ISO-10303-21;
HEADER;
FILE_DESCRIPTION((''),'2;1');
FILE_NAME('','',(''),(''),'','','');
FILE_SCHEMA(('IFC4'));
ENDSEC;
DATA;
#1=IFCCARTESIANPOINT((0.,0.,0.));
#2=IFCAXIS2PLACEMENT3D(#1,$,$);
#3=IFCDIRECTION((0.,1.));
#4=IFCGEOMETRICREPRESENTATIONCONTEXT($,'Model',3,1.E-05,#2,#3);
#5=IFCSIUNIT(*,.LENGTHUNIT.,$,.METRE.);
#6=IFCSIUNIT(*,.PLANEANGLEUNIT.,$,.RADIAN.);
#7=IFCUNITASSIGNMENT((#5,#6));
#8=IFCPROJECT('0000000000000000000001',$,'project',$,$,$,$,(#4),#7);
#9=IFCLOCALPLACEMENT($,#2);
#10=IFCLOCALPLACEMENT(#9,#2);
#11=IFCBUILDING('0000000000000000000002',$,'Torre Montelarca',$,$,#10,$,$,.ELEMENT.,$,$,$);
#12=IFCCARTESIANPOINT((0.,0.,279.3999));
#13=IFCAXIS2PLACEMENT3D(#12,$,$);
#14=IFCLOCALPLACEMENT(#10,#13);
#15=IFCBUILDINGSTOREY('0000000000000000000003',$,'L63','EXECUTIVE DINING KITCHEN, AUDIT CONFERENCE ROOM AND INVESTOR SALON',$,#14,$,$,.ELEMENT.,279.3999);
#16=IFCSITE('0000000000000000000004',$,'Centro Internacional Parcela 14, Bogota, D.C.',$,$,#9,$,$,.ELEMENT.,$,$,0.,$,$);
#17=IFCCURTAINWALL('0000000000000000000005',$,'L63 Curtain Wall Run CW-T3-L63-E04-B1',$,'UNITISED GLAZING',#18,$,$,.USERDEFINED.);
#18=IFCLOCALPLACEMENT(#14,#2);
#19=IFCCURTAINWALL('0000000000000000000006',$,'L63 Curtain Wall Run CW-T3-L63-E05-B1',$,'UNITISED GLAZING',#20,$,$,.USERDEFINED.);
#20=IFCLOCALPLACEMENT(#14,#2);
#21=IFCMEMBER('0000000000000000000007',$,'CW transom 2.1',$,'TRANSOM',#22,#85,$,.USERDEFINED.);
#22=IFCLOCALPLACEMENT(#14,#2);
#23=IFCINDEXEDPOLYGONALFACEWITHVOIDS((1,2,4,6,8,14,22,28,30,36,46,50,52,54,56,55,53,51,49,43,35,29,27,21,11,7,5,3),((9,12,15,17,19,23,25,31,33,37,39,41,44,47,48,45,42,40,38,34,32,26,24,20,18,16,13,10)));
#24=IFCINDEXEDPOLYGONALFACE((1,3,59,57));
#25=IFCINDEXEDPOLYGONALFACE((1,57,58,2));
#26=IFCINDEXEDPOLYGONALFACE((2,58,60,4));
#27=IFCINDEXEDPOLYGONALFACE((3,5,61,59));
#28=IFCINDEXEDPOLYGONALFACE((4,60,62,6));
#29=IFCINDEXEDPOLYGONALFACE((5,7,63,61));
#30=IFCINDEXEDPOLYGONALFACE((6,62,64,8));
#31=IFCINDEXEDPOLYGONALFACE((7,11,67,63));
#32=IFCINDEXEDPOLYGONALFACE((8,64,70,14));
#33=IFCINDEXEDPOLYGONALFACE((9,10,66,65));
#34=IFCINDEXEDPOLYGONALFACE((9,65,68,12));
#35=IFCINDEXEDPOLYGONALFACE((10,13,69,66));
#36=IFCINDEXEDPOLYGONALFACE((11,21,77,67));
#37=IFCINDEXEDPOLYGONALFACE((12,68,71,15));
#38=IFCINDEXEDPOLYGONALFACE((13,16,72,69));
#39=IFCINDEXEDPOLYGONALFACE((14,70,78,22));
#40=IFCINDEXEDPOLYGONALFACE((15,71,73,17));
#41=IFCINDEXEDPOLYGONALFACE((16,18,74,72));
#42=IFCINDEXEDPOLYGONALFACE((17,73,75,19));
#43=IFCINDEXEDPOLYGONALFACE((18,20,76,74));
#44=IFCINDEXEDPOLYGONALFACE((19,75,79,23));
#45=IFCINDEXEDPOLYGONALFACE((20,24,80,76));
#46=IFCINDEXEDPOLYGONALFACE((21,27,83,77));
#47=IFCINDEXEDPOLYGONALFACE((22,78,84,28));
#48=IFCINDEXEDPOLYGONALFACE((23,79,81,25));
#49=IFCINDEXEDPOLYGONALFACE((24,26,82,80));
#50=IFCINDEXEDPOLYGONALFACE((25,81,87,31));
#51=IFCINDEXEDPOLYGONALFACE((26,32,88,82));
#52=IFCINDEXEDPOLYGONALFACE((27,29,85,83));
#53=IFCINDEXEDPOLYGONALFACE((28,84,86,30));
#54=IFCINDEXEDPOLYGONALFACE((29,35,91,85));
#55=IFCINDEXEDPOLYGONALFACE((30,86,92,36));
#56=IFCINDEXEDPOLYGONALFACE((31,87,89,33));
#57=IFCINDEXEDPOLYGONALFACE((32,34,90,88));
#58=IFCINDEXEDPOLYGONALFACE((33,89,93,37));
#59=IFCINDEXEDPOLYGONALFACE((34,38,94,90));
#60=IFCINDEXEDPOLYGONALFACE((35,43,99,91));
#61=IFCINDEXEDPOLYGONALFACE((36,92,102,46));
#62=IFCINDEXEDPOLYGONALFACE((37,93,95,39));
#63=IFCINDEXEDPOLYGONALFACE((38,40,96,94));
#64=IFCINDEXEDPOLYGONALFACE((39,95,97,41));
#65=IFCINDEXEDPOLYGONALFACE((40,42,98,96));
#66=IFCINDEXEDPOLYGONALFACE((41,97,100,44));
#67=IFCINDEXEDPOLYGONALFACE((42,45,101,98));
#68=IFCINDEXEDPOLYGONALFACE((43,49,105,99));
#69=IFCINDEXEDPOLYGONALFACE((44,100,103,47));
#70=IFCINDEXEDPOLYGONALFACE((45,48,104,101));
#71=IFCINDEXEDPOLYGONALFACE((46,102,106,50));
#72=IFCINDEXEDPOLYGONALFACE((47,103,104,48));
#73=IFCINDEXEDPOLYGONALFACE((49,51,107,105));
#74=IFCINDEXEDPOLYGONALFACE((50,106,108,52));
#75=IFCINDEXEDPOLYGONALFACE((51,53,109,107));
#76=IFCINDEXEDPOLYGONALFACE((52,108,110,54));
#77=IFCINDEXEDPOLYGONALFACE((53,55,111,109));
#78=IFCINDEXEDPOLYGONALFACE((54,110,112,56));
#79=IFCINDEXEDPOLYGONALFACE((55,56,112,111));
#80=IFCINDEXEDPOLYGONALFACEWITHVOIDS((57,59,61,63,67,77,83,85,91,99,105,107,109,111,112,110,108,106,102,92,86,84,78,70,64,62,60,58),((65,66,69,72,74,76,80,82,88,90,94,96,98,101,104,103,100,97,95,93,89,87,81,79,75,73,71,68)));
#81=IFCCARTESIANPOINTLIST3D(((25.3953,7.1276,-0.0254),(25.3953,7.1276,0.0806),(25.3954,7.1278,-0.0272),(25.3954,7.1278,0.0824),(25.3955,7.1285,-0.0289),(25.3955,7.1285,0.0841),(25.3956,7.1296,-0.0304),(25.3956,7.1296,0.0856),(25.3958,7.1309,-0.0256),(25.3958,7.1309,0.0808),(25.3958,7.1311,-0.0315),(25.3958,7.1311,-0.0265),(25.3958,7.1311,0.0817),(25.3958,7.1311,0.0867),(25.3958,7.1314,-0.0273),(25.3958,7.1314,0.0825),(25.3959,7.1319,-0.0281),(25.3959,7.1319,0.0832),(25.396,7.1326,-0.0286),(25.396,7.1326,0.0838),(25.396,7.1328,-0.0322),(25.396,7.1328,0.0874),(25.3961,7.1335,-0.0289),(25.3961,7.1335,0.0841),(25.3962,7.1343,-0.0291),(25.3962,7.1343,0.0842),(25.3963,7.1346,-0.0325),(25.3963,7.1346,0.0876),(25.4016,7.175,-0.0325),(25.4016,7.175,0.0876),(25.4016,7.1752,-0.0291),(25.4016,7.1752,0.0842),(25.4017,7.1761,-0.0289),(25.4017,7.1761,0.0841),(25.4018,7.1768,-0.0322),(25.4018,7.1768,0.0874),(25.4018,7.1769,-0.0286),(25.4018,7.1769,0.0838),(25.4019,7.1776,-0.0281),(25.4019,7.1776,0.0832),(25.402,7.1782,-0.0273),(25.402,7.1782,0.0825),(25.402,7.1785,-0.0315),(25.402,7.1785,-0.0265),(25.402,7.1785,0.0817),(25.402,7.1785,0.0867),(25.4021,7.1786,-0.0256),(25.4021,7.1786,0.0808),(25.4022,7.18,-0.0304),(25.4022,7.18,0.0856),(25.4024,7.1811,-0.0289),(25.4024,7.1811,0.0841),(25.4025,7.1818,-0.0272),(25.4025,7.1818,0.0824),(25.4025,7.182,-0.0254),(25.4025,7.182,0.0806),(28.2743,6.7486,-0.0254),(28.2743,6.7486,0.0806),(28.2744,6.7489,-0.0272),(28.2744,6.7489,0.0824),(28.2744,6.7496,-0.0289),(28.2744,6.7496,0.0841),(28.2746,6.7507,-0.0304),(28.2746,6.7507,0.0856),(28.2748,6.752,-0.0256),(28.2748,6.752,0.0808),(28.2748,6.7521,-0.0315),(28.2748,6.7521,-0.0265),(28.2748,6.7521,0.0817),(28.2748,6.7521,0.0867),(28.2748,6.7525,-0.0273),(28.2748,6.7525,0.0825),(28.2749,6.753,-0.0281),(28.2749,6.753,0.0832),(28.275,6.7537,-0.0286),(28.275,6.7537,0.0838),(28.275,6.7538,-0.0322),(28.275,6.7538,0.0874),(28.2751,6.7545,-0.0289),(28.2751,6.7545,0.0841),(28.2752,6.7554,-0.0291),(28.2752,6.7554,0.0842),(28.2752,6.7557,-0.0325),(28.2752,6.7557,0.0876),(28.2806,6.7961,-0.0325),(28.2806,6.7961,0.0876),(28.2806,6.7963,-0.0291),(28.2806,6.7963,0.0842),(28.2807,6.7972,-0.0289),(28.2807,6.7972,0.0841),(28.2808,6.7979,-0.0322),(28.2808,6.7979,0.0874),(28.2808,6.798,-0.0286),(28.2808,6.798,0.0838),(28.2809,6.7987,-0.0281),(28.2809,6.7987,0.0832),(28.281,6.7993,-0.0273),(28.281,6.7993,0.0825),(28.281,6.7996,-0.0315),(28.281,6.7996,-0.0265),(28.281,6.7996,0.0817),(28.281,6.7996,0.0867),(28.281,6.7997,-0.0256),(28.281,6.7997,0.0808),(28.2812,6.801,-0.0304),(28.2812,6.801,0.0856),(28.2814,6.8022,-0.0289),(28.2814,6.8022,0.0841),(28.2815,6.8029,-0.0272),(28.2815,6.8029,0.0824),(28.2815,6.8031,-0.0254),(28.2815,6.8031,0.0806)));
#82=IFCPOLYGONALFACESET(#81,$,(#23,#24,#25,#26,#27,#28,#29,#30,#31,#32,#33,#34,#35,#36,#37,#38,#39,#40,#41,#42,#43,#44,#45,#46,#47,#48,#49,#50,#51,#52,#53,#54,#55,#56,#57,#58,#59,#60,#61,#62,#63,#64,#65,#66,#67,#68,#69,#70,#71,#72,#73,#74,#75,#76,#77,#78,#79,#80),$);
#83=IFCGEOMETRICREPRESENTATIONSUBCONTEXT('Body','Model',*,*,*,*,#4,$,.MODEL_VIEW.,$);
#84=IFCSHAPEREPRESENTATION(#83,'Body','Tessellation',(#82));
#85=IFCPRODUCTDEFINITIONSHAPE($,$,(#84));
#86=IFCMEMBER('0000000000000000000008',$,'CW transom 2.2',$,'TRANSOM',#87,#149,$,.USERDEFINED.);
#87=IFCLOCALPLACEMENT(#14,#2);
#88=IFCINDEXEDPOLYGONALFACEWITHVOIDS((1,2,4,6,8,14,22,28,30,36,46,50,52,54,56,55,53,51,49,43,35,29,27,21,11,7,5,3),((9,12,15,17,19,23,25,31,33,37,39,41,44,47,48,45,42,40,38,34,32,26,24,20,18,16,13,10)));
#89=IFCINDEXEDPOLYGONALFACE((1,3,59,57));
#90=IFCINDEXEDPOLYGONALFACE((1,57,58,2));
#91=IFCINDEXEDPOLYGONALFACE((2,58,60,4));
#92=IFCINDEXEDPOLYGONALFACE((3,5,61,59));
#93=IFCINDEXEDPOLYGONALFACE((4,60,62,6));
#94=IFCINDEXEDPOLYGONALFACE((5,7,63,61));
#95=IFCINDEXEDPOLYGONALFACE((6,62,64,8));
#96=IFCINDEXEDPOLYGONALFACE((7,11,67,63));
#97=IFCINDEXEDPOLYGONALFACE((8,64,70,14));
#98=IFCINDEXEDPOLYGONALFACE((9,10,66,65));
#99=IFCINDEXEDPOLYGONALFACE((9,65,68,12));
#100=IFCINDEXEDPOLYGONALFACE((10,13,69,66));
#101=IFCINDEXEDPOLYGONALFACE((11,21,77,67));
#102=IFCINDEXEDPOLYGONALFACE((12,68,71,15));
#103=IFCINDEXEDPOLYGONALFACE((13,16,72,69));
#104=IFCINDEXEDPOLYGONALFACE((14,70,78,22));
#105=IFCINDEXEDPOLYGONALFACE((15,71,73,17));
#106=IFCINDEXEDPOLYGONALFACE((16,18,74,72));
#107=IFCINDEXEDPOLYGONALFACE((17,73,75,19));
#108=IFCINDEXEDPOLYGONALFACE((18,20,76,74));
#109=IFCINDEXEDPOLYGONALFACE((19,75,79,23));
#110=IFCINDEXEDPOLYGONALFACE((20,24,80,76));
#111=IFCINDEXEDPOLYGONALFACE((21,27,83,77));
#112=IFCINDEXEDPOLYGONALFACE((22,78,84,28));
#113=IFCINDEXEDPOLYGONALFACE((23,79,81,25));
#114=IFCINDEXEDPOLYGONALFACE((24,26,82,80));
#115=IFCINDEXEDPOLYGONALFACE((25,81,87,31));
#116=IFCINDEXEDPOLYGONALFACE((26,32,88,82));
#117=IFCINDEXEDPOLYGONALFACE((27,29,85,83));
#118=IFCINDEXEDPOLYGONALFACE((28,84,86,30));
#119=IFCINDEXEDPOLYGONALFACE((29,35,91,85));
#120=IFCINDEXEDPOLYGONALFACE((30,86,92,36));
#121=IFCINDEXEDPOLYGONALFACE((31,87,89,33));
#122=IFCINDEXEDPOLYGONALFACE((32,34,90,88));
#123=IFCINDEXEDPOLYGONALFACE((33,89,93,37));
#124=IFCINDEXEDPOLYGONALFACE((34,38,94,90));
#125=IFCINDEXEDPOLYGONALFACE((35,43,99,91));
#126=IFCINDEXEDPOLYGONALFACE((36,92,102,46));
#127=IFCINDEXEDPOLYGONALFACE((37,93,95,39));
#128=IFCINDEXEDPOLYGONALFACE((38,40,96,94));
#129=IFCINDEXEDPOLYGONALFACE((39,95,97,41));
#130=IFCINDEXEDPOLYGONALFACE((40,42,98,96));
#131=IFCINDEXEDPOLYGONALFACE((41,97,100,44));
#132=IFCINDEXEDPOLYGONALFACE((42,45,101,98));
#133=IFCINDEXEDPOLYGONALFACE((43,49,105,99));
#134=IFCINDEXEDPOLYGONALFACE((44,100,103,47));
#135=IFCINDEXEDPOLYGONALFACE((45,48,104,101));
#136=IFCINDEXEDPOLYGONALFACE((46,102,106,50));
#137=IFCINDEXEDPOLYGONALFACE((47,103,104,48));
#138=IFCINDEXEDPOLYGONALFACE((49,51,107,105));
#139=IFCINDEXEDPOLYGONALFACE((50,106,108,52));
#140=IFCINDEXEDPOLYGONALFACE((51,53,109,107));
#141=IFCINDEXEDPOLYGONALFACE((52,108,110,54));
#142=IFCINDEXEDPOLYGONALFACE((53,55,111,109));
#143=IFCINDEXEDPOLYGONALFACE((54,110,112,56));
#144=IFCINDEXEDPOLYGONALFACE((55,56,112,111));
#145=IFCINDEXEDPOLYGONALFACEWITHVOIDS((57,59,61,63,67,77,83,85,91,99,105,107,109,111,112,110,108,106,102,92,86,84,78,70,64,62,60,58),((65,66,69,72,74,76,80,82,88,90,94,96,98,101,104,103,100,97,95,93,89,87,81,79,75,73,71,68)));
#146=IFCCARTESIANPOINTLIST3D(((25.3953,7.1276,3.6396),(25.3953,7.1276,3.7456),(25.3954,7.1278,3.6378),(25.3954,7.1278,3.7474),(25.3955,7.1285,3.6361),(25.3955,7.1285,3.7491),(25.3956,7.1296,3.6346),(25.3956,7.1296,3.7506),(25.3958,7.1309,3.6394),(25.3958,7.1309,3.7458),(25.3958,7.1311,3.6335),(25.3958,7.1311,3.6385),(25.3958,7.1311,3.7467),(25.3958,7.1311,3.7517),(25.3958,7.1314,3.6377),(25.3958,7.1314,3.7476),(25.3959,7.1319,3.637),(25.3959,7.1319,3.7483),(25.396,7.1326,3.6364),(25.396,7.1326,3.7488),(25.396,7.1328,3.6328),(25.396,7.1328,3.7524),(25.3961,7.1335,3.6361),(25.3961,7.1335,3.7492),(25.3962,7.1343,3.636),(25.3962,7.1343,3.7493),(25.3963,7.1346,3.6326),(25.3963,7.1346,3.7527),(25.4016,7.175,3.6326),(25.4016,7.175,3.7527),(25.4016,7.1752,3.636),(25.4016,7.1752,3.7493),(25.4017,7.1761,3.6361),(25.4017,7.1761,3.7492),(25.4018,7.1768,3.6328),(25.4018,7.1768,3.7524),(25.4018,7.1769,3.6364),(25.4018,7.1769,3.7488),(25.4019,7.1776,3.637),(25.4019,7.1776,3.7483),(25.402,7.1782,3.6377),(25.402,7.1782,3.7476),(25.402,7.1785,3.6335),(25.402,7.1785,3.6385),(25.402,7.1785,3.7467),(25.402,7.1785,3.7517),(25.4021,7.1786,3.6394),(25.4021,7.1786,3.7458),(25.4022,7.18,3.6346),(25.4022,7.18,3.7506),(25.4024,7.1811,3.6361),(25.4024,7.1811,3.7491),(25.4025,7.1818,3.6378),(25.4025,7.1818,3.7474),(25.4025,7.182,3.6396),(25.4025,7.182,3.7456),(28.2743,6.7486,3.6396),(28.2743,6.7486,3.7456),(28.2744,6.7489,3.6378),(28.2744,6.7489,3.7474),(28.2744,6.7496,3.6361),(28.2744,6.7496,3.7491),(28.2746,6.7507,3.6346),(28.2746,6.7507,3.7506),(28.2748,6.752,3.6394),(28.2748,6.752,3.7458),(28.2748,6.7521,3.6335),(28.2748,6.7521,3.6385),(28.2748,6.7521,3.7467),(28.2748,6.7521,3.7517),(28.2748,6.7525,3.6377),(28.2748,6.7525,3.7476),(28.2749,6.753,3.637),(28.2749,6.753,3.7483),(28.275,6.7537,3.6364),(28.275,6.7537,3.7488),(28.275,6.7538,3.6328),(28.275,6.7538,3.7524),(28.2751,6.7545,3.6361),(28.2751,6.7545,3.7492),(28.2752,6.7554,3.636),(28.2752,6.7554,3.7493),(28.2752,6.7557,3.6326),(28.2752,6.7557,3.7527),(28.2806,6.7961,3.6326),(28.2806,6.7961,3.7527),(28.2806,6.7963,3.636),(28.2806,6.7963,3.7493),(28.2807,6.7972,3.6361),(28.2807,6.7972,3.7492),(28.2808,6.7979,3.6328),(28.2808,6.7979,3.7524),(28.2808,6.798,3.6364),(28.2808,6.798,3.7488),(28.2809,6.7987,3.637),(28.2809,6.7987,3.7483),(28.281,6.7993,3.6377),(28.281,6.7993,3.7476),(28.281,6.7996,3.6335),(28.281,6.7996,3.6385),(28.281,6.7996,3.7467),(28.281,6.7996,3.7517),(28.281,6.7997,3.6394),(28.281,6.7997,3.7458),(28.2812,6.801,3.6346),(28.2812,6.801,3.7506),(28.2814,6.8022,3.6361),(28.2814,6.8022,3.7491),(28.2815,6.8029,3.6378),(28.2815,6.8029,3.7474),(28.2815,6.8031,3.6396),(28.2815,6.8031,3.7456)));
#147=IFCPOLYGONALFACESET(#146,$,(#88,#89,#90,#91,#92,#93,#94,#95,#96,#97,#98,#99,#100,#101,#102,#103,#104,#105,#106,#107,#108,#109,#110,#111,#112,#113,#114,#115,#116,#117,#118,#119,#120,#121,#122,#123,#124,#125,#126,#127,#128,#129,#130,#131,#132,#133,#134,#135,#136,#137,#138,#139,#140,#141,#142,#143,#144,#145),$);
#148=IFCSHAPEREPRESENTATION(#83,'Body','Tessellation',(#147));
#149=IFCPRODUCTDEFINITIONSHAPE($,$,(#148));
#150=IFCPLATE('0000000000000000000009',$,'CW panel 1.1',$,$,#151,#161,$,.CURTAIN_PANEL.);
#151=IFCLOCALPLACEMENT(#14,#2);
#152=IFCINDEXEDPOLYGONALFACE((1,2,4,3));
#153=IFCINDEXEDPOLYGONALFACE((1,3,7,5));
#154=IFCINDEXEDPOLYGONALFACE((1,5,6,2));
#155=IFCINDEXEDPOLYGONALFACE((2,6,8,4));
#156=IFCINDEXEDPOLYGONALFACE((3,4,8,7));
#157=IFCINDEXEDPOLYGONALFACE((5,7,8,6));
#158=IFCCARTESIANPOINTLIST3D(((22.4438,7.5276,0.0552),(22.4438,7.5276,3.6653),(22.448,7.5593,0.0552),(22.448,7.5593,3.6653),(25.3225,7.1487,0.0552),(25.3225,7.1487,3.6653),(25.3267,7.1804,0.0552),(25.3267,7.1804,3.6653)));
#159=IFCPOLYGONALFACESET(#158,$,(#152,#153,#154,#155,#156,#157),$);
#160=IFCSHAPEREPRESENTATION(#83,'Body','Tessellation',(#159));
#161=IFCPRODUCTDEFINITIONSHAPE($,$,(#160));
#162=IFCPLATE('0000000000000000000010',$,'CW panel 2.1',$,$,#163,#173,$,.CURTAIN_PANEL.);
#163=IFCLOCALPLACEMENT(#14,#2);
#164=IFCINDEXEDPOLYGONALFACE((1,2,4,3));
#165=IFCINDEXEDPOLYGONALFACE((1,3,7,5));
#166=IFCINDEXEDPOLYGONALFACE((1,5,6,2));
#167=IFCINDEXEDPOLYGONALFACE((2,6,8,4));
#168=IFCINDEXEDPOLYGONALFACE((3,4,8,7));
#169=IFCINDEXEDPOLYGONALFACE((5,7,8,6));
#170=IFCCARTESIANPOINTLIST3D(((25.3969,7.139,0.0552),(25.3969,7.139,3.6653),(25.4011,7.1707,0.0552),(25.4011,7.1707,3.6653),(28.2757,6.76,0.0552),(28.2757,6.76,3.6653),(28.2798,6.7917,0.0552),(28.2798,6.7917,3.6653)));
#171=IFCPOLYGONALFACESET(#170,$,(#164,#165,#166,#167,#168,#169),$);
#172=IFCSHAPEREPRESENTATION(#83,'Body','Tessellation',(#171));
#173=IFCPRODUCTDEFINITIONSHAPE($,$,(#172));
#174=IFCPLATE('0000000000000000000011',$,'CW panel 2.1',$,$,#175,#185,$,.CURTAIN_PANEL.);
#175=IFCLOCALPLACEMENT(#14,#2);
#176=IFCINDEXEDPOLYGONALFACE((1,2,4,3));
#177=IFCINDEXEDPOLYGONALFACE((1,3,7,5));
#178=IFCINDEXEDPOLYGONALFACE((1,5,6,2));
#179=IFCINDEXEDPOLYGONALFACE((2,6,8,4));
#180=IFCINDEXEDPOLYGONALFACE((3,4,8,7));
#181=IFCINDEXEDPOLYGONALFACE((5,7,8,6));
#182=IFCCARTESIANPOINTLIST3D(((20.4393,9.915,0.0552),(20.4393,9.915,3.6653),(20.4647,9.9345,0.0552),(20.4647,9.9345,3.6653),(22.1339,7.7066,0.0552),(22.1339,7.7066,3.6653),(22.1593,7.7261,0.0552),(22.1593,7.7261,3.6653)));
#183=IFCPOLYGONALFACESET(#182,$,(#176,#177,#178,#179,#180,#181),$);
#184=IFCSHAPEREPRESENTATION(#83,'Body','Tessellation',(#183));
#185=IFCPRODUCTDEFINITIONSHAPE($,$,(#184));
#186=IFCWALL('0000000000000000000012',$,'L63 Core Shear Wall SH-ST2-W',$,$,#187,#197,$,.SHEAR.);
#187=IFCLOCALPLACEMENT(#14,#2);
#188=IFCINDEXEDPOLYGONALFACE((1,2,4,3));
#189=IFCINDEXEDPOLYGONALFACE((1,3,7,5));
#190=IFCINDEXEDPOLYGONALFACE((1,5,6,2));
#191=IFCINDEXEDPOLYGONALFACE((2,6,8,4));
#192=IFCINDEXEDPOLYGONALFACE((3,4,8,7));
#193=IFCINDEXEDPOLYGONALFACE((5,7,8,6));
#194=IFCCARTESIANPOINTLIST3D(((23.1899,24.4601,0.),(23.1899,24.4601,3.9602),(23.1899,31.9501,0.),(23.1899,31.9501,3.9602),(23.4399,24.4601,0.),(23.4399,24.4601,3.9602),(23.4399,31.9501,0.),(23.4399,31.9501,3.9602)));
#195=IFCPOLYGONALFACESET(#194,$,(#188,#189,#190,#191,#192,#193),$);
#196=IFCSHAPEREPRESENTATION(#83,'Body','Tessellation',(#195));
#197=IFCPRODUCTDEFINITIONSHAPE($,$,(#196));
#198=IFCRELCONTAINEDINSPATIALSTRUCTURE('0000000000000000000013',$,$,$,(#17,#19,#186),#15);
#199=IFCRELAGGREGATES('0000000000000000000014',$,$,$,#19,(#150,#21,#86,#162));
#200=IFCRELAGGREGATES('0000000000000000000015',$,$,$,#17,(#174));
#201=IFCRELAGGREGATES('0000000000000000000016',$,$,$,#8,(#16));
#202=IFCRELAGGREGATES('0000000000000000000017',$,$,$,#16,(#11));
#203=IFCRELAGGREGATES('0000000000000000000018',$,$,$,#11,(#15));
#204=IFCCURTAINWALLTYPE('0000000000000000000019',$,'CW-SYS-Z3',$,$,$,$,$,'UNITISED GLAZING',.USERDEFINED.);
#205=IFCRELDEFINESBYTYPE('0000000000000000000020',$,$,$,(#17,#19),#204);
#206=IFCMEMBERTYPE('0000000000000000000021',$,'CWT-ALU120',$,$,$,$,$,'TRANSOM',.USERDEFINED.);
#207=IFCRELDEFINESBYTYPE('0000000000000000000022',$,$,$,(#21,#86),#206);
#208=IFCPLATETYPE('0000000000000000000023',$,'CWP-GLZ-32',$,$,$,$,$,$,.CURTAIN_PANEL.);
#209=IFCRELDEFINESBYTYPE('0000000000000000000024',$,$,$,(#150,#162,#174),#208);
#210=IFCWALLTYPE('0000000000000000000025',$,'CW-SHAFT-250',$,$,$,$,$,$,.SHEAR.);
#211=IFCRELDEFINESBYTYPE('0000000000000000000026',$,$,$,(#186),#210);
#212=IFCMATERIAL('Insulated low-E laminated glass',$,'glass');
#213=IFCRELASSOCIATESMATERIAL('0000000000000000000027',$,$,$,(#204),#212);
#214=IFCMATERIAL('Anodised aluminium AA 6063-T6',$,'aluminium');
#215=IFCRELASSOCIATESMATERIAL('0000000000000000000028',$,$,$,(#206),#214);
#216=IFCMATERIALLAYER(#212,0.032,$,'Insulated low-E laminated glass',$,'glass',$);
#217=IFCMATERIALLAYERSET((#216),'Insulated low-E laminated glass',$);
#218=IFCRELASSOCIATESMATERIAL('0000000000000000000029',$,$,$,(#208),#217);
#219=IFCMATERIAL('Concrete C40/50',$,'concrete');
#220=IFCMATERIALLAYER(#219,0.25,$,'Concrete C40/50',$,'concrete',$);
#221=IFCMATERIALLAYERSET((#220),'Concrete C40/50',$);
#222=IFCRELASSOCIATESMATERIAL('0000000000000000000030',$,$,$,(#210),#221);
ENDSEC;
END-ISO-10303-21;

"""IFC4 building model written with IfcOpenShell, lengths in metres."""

from ifc_helpers import new_model, si_unit, direction, frame, frame_2d, origin, origin_2d, place, context, subcontext, project, spatial, rectangle, hollow_rectangle, extrude, source, transform, mapped, material, layer, layer_set, material_profile, profile_set, type_object, element, aggregate, save


model = new_model("IFC4")

# Units and contexts
model_context = context("Model", 3, precision=1e-05, world=origin(), true_north=direction((0.0, 1.0)))
body_context = subcontext(model_context, "Body", "Model", "MODEL_VIEW")
ifc_project = project(units=[si_unit("LENGTHUNIT", "METRE"), si_unit("PLANEANGLEUNIT", "RADIAN")], contexts=[model_context])

# Site, building, storey
site_placement = place(None, origin())
site = spatial("IfcSite", under=ifc_project, at=site_placement, Name="Centro Internacional Parcela 14, Bogota, D.C.", CompositionType="ELEMENT", RefElevation=0.0)
building_placement = place(site_placement, origin())
building = spatial("IfcBuilding", under=site, at=building_placement, Name="Torre Montelarca", CompositionType="ELEMENT")
storey_placement = place(building_placement, frame((0.0, 0.0, 279.3999)))
storey = spatial("IfcBuildingStorey", under=building, at=storey_placement, Name="L63", Description="EXECUTIVE DINING KITCHEN, AUDIT CONFERENCE ROOM AND INVESTOR SALON", CompositionType="ELEMENT", Elevation=279.3999)

# Curtain wall
ifc_material_1 = material(Name="Insulated low-E laminated glass", Category="glass")
curtain_wall_type = type_object("IfcCurtainWallType", Name="CW-SYS-Z3", ElementType="UNITISED GLAZING", PredefinedType="USERDEFINED", material=ifc_material_1)
curtain_wall_1_placement = place(storey_placement, origin())
curtain_wall_1 = element("IfcCurtainWall", 1, at=curtain_wall_1_placement, inside=storey, type_object=curtain_wall_type, Name="L63 Curtain Wall Run CW-T3-L63-E04-B1", ObjectType="UNITISED GLAZING", PredefinedType="USERDEFINED")
ifc_material_2 = material(Name="Anodised aluminium AA 6063-T6", Category="aluminium")

# Curtain wall
curtain_wall_2_placement = place(storey_placement, origin())
curtain_wall_2 = element("IfcCurtainWall", 2, at=curtain_wall_2_placement, inside=storey, type_object=curtain_wall_type, Name="L63 Curtain Wall Run CW-T3-L63-E05-B1", ObjectType="UNITISED GLAZING", PredefinedType="USERDEFINED")

# Members
ifc_material_profile_1 = material_profile(ifc_material_2, hollow_rectangle(XDim=0.0549, YDim=0.1201, WallThickness=0.0034, InnerFilletRadius=0.0034, OuterFilletRadius=0.0071, at=origin_2d()), Name="ALU55X120X3.5", Category="aluminium")
ifc_profile_set_1 = profile_set([ifc_material_profile_1], Name="Anodised aluminium AA 6063-T6")
member_type_1 = type_object("IfcMemberType", Name="CWT-ALU120", ElementType="TRANSOM", PredefinedType="USERDEFINED", material=ifc_profile_set_1)
shared_shape_1 = source(origin(), body_context, "Body", "SweptSolid", [
    extrude(hollow_rectangle(XDim=0.0549, YDim=0.1201, WallThickness=0.0034, InnerFilletRadius=0.0034, OuterFilletRadius=0.0071, at=origin_2d()), origin(), (0.0, 0.0, 1.0), 2.9038),
])
member_1_placement = place(storey_placement, frame((25.3989, 7.1548, 0.0276), z_axis=(0.99145, -0.130489, 0.0), x_axis=(0.130489, 0.99145, 0.0)))
member_1 = element("IfcMember", 3, at=member_1_placement, type_object=member_type_1, Name="CW transom 2.1", ObjectType="TRANSOM", PredefinedType="USERDEFINED", context=body_context, shape_type="MappedRepresentation", body=[
    mapped(shared_shape_1, transform((0.0, 0.0, 0.0), scale=1.0)),
])
member_2_placement = place(storey_placement, frame((25.3989, 7.1548, 3.6926), z_axis=(0.99145, -0.130489, 0.0), x_axis=(0.130489, 0.99145, 0.0)))
member_2 = element("IfcMember", 4, at=member_2_placement, type_object=member_type_1, Name="CW transom 2.2", ObjectType="TRANSOM", PredefinedType="USERDEFINED", context=body_context, shape_type="MappedRepresentation", body=[
    mapped(shared_shape_1, transform((0.0, 0.0, 0.0), scale=1.0)),
])

# Plates
ifc_layer_1 = layer(ifc_material_1, 0.032, Name="Insulated low-E laminated glass", Category="glass")
ifc_layer_set_1 = layer_set([ifc_layer_1], Name="Insulated low-E laminated glass")
plate_type = type_object("IfcPlateType", Name="CWP-GLZ-32", PredefinedType="CURTAIN_PANEL", material=ifc_layer_set_1)
shared_shape_2 = source(origin(), body_context, "Body", "SweptSolid", [
    extrude(rectangle(XDim=2.9036, YDim=0.032, at=origin_2d()), origin(), (0.0, 0.0, 1.0), 3.6101),
])
plate_1_placement = place(storey_placement, frame((23.8853, 7.354, 0.0552), z_axis=(0.0, 0.0, 1.0), x_axis=(0.991446, -0.130514, 0.0)))
plate_1 = element("IfcPlate", 5, at=plate_1_placement, type_object=plate_type, Name="CW panel 1.1", PredefinedType="CURTAIN_PANEL", context=body_context, shape_type="MappedRepresentation", body=[
    mapped(shared_shape_2, transform((0.0, 0.0, 0.0), scale=1.0)),
])
plate_2_placement = place(storey_placement, frame((26.8384, 6.9653, 0.0552), z_axis=(0.0, 0.0, 1.0), x_axis=(0.991446, -0.130514, 0.0)))
plate_2 = element("IfcPlate", 6, at=plate_2_placement, type_object=plate_type, Name="CW panel 2.1", PredefinedType="CURTAIN_PANEL", context=body_context, shape_type="MappedRepresentation", body=[
    mapped(shared_shape_2, transform((0.0, 0.0, 0.0), scale=1.0)),
])
aggregate(curtain_wall_2, [plate_1, member_1, member_2, plate_2])
shared_shape_3 = source(origin(), body_context, "Body", "SweptSolid", [
    extrude(rectangle(XDim=2.7837, YDim=0.032, at=origin_2d()), origin(), (0.0, 0.0, 1.0), 3.6101),
])
plate_3_placement = place(storey_placement, frame((21.2993, 8.8206, 0.0552), z_axis=(0.0, 0.0, 1.0), x_axis=(0.608762, -0.793353, 0.0)))
plate_3 = element("IfcPlate", 7, at=plate_3_placement, type_object=plate_type, Name="CW panel 2.1", PredefinedType="CURTAIN_PANEL", context=body_context, shape_type="MappedRepresentation", body=[
    mapped(shared_shape_3, transform((0.0, 0.0, 0.0), scale=1.0)),
])
aggregate(curtain_wall_1, [plate_3])

# Wall
ifc_material_3 = material(Name="Concrete C40/50", Category="concrete")
ifc_layer_2 = layer(ifc_material_3, 0.25, Name="Concrete C40/50", Category="concrete")
ifc_layer_set_2 = layer_set([ifc_layer_2], Name="Concrete C40/50")
wall_type_1 = type_object("IfcWallType", Name="CW-SHAFT-250", PredefinedType="SHEAR", material=ifc_layer_set_2)
wall_1_placement = place(storey_placement, frame((23.3149, 24.46, 0.0), z_axis=(0.0, 0.0, 1.0), x_axis=(0.0, 1.0, 0.0)))
element("IfcWall", 8, at=wall_1_placement, inside=storey, type_object=wall_type_1, Name="L63 Core Shear Wall SH-ST2-W", PredefinedType="SHEAR", context=body_context, shape_type="SweptSolid", body=[
    extrude(rectangle(XDim=7.49, YDim=0.25, at=frame_2d((3.7451, 0.0))), origin(), (0.0, 0.0, 1.0), 3.9602),
])

save(model, "model.ifc")
